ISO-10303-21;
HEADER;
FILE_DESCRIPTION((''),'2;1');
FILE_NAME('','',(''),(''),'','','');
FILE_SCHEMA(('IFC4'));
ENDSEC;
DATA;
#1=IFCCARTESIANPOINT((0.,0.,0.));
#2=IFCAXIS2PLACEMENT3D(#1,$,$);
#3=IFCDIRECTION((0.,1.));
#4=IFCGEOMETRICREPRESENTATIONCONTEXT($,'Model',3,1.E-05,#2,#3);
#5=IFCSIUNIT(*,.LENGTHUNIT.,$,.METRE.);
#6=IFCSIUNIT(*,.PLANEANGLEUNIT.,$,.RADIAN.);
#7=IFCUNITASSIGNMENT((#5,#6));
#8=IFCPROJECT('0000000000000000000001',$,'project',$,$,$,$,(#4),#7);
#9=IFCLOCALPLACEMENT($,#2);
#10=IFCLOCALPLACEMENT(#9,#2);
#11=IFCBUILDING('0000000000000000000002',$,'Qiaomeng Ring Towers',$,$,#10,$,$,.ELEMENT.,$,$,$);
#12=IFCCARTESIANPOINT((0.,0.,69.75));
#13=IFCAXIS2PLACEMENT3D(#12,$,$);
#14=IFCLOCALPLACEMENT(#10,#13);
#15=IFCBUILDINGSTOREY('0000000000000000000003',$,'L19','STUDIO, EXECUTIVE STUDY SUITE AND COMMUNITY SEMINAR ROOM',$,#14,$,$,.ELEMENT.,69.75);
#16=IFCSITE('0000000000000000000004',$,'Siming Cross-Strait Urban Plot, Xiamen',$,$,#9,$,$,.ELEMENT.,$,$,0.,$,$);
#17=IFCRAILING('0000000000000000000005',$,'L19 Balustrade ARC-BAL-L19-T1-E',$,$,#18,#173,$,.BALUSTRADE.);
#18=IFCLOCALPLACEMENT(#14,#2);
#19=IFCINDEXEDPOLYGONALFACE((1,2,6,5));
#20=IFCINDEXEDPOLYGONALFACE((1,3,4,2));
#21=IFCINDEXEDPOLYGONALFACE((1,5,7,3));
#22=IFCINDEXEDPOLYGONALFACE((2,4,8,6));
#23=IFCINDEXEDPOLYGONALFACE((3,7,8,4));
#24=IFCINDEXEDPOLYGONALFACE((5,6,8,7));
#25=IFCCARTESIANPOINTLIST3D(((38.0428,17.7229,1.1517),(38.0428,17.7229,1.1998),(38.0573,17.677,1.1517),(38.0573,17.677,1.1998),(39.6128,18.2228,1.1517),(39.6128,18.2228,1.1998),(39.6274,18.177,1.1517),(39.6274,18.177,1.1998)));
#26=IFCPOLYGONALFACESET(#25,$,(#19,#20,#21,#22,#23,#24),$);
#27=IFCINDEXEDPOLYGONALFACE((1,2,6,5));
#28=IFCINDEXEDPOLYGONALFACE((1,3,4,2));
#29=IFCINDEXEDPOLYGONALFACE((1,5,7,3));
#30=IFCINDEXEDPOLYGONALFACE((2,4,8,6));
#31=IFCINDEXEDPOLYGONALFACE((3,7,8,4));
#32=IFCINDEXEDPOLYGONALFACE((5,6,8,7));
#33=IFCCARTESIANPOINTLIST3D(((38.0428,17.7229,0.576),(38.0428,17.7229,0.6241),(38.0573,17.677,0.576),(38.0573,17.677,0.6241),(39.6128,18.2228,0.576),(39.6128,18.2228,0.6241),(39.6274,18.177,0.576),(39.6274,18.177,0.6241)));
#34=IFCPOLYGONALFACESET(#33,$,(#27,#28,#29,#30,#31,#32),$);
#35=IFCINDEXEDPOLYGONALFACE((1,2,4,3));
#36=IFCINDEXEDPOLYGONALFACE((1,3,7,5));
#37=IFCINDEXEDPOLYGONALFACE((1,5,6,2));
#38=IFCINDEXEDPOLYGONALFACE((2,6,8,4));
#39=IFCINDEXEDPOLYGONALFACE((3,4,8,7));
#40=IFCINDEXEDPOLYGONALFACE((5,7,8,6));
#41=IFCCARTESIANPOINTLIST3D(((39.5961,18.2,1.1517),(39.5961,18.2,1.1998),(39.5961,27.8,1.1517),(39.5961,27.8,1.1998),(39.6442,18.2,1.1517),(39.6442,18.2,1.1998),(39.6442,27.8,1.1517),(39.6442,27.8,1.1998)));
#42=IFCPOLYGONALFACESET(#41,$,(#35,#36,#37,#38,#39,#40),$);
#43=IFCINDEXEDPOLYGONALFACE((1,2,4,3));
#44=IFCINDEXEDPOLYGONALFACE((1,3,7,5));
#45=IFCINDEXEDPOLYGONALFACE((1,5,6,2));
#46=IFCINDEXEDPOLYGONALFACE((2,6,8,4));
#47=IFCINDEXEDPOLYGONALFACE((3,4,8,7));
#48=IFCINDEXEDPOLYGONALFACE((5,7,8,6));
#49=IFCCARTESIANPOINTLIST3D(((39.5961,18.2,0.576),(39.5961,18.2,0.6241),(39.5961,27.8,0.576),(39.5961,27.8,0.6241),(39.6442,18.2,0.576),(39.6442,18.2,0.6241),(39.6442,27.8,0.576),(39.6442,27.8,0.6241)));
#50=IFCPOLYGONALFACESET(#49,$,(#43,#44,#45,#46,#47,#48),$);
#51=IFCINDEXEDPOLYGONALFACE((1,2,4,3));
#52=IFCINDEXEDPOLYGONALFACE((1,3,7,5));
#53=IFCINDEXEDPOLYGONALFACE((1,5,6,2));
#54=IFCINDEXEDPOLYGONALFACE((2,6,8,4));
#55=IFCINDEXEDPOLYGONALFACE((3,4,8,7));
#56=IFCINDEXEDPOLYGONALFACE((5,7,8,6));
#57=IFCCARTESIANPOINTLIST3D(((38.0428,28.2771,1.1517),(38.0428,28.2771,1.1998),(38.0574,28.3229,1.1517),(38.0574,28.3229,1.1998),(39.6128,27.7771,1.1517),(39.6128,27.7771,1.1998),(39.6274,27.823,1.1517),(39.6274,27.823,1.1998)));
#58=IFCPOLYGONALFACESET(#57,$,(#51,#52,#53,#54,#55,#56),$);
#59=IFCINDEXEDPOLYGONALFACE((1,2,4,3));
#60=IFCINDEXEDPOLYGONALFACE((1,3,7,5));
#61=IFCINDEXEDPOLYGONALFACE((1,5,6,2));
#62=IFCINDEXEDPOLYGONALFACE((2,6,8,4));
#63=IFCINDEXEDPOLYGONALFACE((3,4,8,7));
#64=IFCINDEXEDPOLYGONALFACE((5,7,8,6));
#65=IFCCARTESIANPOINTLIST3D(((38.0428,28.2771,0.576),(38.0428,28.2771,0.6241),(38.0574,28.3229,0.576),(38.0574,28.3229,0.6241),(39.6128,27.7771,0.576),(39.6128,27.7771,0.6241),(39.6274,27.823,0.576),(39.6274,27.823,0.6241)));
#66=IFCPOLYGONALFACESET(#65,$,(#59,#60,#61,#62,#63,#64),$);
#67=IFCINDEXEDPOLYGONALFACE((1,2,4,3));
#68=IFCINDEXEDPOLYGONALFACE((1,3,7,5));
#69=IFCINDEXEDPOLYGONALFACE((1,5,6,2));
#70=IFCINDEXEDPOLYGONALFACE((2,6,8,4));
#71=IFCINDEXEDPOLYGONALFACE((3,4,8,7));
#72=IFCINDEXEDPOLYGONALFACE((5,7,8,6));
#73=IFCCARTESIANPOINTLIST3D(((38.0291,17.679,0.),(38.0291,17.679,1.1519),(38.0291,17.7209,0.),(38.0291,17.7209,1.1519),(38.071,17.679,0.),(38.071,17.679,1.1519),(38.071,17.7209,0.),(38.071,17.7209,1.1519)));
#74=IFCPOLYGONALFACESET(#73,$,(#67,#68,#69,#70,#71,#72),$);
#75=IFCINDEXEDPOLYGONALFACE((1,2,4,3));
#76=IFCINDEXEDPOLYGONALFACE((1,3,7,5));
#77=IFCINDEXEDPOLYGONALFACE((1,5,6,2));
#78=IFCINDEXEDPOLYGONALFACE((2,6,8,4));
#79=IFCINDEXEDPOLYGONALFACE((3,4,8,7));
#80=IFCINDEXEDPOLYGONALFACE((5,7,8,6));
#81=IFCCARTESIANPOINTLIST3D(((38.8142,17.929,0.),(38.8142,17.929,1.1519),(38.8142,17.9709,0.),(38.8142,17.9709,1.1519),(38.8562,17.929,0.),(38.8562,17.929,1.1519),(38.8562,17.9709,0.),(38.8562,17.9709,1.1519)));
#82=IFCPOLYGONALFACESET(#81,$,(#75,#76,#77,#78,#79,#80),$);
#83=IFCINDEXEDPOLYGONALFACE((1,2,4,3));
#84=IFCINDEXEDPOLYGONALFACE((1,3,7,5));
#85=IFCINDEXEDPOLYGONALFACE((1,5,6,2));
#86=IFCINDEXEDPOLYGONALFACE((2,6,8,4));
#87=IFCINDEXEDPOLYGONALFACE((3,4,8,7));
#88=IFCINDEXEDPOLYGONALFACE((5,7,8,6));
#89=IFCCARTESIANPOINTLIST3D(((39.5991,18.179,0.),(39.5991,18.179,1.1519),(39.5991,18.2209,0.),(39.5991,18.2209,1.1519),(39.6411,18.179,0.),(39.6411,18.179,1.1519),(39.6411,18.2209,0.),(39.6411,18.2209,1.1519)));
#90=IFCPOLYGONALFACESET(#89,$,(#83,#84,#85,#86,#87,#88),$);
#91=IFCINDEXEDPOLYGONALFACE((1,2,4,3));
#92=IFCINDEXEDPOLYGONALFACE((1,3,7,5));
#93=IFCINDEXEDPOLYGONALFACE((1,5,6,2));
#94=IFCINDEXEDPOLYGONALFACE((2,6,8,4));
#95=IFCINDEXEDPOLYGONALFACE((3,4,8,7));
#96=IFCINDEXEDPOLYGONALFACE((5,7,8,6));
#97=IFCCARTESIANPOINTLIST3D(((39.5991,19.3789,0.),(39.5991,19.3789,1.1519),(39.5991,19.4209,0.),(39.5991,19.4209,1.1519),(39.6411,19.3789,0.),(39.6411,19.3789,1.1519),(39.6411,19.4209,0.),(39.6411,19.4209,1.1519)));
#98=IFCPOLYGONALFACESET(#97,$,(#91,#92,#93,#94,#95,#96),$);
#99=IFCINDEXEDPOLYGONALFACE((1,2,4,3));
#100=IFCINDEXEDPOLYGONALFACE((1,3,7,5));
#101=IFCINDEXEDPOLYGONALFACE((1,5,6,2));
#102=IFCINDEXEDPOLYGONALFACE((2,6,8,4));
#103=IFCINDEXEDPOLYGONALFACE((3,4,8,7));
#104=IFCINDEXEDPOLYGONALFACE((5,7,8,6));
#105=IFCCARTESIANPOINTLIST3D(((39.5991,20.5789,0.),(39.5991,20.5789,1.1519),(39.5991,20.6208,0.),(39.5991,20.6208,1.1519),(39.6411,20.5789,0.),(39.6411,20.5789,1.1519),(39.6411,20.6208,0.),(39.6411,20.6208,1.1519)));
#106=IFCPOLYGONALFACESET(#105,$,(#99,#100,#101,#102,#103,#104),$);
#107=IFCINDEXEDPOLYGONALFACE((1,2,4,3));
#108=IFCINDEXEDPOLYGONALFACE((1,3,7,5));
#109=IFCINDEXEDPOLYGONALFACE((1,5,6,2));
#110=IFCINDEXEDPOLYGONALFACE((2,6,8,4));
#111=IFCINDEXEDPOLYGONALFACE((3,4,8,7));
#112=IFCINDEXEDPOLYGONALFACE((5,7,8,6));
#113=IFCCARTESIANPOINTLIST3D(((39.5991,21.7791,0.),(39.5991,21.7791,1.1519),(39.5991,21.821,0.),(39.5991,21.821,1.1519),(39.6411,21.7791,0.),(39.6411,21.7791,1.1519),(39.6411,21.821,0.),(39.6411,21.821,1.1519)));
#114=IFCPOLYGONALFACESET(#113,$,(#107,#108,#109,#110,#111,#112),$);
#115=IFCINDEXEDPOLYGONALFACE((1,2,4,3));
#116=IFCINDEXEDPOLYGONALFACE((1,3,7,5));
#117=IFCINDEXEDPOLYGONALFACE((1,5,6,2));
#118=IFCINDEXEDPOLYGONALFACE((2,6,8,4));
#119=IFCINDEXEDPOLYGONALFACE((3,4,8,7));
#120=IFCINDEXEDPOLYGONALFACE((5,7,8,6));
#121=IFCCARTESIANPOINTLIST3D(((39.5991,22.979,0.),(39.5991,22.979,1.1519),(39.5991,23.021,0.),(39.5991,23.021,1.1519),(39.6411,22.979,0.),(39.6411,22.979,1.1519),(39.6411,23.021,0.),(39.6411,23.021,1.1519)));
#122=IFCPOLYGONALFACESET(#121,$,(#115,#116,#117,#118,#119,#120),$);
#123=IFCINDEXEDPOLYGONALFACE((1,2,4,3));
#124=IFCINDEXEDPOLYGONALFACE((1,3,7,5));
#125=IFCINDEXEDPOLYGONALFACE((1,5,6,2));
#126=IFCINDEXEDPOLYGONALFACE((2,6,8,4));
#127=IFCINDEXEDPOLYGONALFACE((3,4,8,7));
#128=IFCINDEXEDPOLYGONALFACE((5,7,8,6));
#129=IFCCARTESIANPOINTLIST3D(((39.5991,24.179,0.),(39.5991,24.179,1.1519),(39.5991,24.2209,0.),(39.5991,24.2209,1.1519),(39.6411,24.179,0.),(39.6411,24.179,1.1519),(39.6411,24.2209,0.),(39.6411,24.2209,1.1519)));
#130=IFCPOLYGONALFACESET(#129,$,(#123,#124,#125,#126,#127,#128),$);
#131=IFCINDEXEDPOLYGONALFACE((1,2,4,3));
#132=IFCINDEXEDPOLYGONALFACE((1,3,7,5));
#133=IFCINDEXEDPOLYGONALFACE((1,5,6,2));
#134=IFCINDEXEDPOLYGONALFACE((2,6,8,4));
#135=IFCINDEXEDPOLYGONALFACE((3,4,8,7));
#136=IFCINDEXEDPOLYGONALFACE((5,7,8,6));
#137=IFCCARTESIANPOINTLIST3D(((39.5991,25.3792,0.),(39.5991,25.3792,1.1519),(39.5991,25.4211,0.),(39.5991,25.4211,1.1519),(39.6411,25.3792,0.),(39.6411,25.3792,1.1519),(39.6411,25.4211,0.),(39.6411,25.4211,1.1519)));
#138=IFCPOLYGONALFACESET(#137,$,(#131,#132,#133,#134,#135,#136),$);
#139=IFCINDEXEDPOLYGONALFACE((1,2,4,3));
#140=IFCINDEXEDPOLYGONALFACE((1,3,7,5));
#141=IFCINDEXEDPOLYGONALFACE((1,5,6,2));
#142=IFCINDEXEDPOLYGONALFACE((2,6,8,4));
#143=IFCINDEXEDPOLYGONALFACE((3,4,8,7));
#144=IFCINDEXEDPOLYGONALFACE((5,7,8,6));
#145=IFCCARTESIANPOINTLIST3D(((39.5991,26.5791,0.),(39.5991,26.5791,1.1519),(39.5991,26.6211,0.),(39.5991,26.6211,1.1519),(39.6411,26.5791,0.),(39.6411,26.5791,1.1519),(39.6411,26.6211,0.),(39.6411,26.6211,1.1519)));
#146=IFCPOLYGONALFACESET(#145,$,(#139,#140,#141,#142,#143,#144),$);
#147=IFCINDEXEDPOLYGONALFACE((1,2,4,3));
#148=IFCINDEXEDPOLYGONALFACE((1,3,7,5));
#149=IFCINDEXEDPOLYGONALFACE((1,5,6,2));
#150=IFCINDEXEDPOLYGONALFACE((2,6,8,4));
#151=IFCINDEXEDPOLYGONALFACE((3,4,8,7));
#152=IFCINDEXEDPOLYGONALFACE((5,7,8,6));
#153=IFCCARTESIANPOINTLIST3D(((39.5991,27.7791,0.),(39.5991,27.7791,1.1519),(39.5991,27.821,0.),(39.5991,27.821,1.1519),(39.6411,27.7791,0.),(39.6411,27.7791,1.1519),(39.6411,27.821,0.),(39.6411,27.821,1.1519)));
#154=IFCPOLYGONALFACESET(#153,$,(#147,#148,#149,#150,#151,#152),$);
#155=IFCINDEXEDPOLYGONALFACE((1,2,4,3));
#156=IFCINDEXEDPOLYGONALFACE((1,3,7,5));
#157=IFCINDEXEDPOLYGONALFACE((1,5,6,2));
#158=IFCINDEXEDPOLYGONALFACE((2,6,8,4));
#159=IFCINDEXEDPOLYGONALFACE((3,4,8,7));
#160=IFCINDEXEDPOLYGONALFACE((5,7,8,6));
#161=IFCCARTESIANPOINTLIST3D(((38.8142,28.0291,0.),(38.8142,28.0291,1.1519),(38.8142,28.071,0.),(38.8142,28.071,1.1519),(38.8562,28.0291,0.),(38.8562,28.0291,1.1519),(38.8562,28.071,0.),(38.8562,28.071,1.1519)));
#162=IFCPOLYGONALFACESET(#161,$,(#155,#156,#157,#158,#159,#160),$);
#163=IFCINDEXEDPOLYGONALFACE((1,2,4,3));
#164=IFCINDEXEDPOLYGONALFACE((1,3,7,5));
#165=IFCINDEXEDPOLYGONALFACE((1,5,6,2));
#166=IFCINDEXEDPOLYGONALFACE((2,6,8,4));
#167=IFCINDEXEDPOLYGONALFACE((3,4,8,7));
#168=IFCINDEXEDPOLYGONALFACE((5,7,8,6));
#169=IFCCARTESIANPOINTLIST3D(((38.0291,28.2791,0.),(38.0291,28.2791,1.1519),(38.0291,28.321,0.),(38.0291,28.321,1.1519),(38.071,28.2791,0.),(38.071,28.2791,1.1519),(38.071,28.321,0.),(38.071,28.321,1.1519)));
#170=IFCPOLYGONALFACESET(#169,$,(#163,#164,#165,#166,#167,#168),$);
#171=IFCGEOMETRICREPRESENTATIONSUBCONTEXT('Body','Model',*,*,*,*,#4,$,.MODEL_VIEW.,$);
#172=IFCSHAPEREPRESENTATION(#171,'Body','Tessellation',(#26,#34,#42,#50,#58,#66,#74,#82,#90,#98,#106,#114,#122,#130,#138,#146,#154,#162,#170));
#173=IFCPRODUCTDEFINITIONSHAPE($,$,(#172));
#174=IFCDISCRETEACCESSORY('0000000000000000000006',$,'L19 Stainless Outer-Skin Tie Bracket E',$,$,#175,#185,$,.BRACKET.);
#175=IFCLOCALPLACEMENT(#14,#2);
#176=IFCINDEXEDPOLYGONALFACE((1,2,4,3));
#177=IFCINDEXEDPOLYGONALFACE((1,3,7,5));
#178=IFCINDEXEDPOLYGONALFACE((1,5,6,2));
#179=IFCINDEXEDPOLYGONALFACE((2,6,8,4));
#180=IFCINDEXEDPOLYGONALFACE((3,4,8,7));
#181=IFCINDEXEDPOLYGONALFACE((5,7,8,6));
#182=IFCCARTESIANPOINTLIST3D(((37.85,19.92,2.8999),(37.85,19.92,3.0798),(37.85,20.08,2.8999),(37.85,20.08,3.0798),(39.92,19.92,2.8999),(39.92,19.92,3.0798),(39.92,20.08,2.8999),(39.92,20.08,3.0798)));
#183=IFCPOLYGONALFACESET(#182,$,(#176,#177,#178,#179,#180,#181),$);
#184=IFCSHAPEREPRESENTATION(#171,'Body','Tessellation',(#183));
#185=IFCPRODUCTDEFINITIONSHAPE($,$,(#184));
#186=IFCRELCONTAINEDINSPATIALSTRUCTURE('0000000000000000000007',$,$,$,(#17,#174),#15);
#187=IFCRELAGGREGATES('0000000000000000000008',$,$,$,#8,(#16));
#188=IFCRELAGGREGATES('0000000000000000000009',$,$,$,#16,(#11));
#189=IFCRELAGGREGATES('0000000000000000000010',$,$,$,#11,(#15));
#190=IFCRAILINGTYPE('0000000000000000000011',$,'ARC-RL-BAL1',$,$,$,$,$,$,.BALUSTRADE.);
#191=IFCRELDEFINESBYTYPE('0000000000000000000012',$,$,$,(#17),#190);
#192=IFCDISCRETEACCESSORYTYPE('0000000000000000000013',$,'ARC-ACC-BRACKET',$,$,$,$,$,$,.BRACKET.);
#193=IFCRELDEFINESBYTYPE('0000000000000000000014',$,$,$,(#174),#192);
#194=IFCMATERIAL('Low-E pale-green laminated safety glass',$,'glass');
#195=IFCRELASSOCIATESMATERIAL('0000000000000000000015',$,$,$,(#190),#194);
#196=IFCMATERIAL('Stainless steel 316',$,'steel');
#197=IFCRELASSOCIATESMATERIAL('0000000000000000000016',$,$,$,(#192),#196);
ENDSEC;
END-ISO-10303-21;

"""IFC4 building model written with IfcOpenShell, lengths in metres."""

from ifc_helpers import new_model, si_unit, direction, frame, origin, origin_2d, place, context, subcontext, project, spatial, rectangle, extrude, source, transform, mapped, material, type_object, element, save


model = new_model("IFC4")

# Units and contexts
model_context = context("Model", 3, precision=1e-05, world=origin(), true_north=direction((0.0, 1.0)))
body_context = subcontext(model_context, "Body", "Model", "MODEL_VIEW")
ifc_project = project(units=[si_unit("LENGTHUNIT", "METRE"), si_unit("PLANEANGLEUNIT", "RADIAN")], contexts=[model_context])

# Site, building, storey
site_placement = place(None, origin())
site = spatial("IfcSite", under=ifc_project, at=site_placement, Name="Siming Cross-Strait Urban Plot, Xiamen", CompositionType="ELEMENT", RefElevation=0.0)
building_placement = place(site_placement, origin())
building = spatial("IfcBuilding", under=site, at=building_placement, Name="Qiaomeng Ring Towers", CompositionType="ELEMENT")
storey_placement = place(building_placement, frame((0.0, 0.0, 69.75)))
storey = spatial("IfcBuildingStorey", under=building, at=storey_placement, Name="L19", Description="STUDIO, EXECUTIVE STUDY SUITE AND COMMUNITY SEMINAR ROOM", CompositionType="ELEMENT", Elevation=69.75)

# Railing
ifc_material_1 = material(Name="Low-E pale-green laminated safety glass", Category="glass")
railing_type = type_object("IfcRailingType", Name="ARC-RL-BAL1", PredefinedType="BALUSTRADE", material=ifc_material_1)
railing_placement = place(storey_placement, frame((38.05, 17.7, 0.0)))
element("IfcRailing", 1, at=railing_placement, inside=storey, type_object=railing_type, Name="L19 Balustrade ARC-BAL-L19-T1-E", PredefinedType="BALUSTRADE", context=body_context, shape_type="SweptSolid", body=[
    extrude(rectangle(XDim=0.0481, YDim=0.0481, at=origin_2d()), frame((0.0, 0.0, 1.1758), z_axis=(0.95285, 0.303442, 0.0), x_axis=(-0.303442, 0.95285, 0.0)), (0.0, 0.0, 1.0), 1.6477),
    extrude(rectangle(XDim=0.0481, YDim=0.0481, at=origin_2d()), frame((0.0, 0.0, 0.6001), z_axis=(0.95285, 0.303442, 0.0), x_axis=(-0.303442, 0.95285, 0.0)), (0.0, 0.0, 1.0), 1.6477),
    extrude(rectangle(XDim=0.0481, YDim=0.0481, at=origin_2d()), frame((1.5701, 0.5, 1.1758), z_axis=(0.0, 1.0, 0.0), x_axis=(-1.0, 0.0, 0.0)), (0.0, 0.0, 1.0), 9.6001),
    extrude(rectangle(XDim=0.0481, YDim=0.0481, at=origin_2d()), frame((1.5701, 0.5, 0.6001), z_axis=(0.0, 1.0, 0.0), x_axis=(-1.0, 0.0, 0.0)), (0.0, 0.0, 1.0), 9.6001),
    extrude(rectangle(XDim=0.0481, YDim=0.0481, at=origin_2d()), frame((1.5701, 10.1001, 1.1758), z_axis=(-0.95285, 0.303442, 0.0), x_axis=(-0.303442, -0.95285, 0.0)), (0.0, 0.0, 1.0), 1.6477),
    extrude(rectangle(XDim=0.0481, YDim=0.0481, at=origin_2d()), frame((1.5701, 10.1001, 0.6001), z_axis=(-0.95285, 0.303442, 0.0), x_axis=(-0.303442, -0.95285, 0.0)), (0.0, 0.0, 1.0), 1.6477),
    extrude(rectangle(XDim=0.042, YDim=0.042, at=origin_2d()), origin(), (0.0, 0.0, 1.0), 1.1519),
    extrude(rectangle(XDim=0.042, YDim=0.042, at=origin_2d()), frame((0.7852, 0.25, 0.0)), (0.0, 0.0, 1.0), 1.1519),
    extrude(rectangle(XDim=0.042, YDim=0.042, at=origin_2d()), frame((1.5701, 0.5, 0.0)), (0.0, 0.0, 1.0), 1.1519),
    extrude(rectangle(XDim=0.042, YDim=0.042, at=origin_2d()), frame((1.5701, 1.7, 0.0)), (0.0, 0.0, 1.0), 1.1519),
    extrude(rectangle(XDim=0.042, YDim=0.042, at=origin_2d()), frame((1.5701, 2.8999, 0.0)), (0.0, 0.0, 1.0), 1.1519),
    extrude(rectangle(XDim=0.042, YDim=0.042, at=origin_2d()), frame((1.5701, 4.1001, 0.0)), (0.0, 0.0, 1.0), 1.1519),
    extrude(rectangle(XDim=0.042, YDim=0.042, at=origin_2d()), frame((1.5701, 5.3, 0.0)), (0.0, 0.0, 1.0), 1.1519),
    extrude(rectangle(XDim=0.042, YDim=0.042, at=origin_2d()), frame((1.5701, 6.5, 0.0)), (0.0, 0.0, 1.0), 1.1519),
    extrude(rectangle(XDim=0.042, YDim=0.042, at=origin_2d()), frame((1.5701, 7.7002, 0.0)), (0.0, 0.0, 1.0), 1.1519),
    extrude(rectangle(XDim=0.042, YDim=0.042, at=origin_2d()), frame((1.5701, 8.9001, 0.0)), (0.0, 0.0, 1.0), 1.1519),
    extrude(rectangle(XDim=0.042, YDim=0.042, at=origin_2d()), frame((1.5701, 10.1001, 0.0)), (0.0, 0.0, 1.0), 1.1519),
    extrude(rectangle(XDim=0.042, YDim=0.042, at=origin_2d()), frame((0.7852, 10.3501, 0.0)), (0.0, 0.0, 1.0), 1.1519),
    extrude(rectangle(XDim=0.042, YDim=0.042, at=origin_2d()), frame((0.0, 10.6001, 0.0)), (0.0, 0.0, 1.0), 1.1519),
])

# Discrete accessory
ifc_material_2 = material(Name="Stainless steel 316", Category="steel")
discrete_accessory_type = type_object("IfcDiscreteAccessoryType", Name="ARC-ACC-BRACKET", PredefinedType="BRACKET", material=ifc_material_2)
shared_shape_1 = source(origin(), body_context, "Body", "SweptSolid", [
    extrude(rectangle(XDim=2.0701, YDim=0.1599, at=origin_2d()), origin(), (0.0, 0.0, 1.0), 0.1799),
])
discrete_accessory_placement = place(storey_placement, frame((38.885, 20.0, 2.8999), z_axis=(0.0, 0.0, 1.0), x_axis=(1.0, 0.0, 0.0)))
element("IfcDiscreteAccessory", 2, at=discrete_accessory_placement, inside=storey, type_object=discrete_accessory_type, Name="L19 Stainless Outer-Skin Tie Bracket E", PredefinedType="BRACKET", context=body_context, shape_type="MappedRepresentation", body=[
    mapped(shared_shape_1, transform((0.0, 0.0, 0.0), x_axis=(1.0, 0.0, 0.0), y_axis=(0.0, 1.0, 0.0), z_axis=(0.0, 0.0, 1.0), scale=1.0)),
])

save(model, "model.ifc")
